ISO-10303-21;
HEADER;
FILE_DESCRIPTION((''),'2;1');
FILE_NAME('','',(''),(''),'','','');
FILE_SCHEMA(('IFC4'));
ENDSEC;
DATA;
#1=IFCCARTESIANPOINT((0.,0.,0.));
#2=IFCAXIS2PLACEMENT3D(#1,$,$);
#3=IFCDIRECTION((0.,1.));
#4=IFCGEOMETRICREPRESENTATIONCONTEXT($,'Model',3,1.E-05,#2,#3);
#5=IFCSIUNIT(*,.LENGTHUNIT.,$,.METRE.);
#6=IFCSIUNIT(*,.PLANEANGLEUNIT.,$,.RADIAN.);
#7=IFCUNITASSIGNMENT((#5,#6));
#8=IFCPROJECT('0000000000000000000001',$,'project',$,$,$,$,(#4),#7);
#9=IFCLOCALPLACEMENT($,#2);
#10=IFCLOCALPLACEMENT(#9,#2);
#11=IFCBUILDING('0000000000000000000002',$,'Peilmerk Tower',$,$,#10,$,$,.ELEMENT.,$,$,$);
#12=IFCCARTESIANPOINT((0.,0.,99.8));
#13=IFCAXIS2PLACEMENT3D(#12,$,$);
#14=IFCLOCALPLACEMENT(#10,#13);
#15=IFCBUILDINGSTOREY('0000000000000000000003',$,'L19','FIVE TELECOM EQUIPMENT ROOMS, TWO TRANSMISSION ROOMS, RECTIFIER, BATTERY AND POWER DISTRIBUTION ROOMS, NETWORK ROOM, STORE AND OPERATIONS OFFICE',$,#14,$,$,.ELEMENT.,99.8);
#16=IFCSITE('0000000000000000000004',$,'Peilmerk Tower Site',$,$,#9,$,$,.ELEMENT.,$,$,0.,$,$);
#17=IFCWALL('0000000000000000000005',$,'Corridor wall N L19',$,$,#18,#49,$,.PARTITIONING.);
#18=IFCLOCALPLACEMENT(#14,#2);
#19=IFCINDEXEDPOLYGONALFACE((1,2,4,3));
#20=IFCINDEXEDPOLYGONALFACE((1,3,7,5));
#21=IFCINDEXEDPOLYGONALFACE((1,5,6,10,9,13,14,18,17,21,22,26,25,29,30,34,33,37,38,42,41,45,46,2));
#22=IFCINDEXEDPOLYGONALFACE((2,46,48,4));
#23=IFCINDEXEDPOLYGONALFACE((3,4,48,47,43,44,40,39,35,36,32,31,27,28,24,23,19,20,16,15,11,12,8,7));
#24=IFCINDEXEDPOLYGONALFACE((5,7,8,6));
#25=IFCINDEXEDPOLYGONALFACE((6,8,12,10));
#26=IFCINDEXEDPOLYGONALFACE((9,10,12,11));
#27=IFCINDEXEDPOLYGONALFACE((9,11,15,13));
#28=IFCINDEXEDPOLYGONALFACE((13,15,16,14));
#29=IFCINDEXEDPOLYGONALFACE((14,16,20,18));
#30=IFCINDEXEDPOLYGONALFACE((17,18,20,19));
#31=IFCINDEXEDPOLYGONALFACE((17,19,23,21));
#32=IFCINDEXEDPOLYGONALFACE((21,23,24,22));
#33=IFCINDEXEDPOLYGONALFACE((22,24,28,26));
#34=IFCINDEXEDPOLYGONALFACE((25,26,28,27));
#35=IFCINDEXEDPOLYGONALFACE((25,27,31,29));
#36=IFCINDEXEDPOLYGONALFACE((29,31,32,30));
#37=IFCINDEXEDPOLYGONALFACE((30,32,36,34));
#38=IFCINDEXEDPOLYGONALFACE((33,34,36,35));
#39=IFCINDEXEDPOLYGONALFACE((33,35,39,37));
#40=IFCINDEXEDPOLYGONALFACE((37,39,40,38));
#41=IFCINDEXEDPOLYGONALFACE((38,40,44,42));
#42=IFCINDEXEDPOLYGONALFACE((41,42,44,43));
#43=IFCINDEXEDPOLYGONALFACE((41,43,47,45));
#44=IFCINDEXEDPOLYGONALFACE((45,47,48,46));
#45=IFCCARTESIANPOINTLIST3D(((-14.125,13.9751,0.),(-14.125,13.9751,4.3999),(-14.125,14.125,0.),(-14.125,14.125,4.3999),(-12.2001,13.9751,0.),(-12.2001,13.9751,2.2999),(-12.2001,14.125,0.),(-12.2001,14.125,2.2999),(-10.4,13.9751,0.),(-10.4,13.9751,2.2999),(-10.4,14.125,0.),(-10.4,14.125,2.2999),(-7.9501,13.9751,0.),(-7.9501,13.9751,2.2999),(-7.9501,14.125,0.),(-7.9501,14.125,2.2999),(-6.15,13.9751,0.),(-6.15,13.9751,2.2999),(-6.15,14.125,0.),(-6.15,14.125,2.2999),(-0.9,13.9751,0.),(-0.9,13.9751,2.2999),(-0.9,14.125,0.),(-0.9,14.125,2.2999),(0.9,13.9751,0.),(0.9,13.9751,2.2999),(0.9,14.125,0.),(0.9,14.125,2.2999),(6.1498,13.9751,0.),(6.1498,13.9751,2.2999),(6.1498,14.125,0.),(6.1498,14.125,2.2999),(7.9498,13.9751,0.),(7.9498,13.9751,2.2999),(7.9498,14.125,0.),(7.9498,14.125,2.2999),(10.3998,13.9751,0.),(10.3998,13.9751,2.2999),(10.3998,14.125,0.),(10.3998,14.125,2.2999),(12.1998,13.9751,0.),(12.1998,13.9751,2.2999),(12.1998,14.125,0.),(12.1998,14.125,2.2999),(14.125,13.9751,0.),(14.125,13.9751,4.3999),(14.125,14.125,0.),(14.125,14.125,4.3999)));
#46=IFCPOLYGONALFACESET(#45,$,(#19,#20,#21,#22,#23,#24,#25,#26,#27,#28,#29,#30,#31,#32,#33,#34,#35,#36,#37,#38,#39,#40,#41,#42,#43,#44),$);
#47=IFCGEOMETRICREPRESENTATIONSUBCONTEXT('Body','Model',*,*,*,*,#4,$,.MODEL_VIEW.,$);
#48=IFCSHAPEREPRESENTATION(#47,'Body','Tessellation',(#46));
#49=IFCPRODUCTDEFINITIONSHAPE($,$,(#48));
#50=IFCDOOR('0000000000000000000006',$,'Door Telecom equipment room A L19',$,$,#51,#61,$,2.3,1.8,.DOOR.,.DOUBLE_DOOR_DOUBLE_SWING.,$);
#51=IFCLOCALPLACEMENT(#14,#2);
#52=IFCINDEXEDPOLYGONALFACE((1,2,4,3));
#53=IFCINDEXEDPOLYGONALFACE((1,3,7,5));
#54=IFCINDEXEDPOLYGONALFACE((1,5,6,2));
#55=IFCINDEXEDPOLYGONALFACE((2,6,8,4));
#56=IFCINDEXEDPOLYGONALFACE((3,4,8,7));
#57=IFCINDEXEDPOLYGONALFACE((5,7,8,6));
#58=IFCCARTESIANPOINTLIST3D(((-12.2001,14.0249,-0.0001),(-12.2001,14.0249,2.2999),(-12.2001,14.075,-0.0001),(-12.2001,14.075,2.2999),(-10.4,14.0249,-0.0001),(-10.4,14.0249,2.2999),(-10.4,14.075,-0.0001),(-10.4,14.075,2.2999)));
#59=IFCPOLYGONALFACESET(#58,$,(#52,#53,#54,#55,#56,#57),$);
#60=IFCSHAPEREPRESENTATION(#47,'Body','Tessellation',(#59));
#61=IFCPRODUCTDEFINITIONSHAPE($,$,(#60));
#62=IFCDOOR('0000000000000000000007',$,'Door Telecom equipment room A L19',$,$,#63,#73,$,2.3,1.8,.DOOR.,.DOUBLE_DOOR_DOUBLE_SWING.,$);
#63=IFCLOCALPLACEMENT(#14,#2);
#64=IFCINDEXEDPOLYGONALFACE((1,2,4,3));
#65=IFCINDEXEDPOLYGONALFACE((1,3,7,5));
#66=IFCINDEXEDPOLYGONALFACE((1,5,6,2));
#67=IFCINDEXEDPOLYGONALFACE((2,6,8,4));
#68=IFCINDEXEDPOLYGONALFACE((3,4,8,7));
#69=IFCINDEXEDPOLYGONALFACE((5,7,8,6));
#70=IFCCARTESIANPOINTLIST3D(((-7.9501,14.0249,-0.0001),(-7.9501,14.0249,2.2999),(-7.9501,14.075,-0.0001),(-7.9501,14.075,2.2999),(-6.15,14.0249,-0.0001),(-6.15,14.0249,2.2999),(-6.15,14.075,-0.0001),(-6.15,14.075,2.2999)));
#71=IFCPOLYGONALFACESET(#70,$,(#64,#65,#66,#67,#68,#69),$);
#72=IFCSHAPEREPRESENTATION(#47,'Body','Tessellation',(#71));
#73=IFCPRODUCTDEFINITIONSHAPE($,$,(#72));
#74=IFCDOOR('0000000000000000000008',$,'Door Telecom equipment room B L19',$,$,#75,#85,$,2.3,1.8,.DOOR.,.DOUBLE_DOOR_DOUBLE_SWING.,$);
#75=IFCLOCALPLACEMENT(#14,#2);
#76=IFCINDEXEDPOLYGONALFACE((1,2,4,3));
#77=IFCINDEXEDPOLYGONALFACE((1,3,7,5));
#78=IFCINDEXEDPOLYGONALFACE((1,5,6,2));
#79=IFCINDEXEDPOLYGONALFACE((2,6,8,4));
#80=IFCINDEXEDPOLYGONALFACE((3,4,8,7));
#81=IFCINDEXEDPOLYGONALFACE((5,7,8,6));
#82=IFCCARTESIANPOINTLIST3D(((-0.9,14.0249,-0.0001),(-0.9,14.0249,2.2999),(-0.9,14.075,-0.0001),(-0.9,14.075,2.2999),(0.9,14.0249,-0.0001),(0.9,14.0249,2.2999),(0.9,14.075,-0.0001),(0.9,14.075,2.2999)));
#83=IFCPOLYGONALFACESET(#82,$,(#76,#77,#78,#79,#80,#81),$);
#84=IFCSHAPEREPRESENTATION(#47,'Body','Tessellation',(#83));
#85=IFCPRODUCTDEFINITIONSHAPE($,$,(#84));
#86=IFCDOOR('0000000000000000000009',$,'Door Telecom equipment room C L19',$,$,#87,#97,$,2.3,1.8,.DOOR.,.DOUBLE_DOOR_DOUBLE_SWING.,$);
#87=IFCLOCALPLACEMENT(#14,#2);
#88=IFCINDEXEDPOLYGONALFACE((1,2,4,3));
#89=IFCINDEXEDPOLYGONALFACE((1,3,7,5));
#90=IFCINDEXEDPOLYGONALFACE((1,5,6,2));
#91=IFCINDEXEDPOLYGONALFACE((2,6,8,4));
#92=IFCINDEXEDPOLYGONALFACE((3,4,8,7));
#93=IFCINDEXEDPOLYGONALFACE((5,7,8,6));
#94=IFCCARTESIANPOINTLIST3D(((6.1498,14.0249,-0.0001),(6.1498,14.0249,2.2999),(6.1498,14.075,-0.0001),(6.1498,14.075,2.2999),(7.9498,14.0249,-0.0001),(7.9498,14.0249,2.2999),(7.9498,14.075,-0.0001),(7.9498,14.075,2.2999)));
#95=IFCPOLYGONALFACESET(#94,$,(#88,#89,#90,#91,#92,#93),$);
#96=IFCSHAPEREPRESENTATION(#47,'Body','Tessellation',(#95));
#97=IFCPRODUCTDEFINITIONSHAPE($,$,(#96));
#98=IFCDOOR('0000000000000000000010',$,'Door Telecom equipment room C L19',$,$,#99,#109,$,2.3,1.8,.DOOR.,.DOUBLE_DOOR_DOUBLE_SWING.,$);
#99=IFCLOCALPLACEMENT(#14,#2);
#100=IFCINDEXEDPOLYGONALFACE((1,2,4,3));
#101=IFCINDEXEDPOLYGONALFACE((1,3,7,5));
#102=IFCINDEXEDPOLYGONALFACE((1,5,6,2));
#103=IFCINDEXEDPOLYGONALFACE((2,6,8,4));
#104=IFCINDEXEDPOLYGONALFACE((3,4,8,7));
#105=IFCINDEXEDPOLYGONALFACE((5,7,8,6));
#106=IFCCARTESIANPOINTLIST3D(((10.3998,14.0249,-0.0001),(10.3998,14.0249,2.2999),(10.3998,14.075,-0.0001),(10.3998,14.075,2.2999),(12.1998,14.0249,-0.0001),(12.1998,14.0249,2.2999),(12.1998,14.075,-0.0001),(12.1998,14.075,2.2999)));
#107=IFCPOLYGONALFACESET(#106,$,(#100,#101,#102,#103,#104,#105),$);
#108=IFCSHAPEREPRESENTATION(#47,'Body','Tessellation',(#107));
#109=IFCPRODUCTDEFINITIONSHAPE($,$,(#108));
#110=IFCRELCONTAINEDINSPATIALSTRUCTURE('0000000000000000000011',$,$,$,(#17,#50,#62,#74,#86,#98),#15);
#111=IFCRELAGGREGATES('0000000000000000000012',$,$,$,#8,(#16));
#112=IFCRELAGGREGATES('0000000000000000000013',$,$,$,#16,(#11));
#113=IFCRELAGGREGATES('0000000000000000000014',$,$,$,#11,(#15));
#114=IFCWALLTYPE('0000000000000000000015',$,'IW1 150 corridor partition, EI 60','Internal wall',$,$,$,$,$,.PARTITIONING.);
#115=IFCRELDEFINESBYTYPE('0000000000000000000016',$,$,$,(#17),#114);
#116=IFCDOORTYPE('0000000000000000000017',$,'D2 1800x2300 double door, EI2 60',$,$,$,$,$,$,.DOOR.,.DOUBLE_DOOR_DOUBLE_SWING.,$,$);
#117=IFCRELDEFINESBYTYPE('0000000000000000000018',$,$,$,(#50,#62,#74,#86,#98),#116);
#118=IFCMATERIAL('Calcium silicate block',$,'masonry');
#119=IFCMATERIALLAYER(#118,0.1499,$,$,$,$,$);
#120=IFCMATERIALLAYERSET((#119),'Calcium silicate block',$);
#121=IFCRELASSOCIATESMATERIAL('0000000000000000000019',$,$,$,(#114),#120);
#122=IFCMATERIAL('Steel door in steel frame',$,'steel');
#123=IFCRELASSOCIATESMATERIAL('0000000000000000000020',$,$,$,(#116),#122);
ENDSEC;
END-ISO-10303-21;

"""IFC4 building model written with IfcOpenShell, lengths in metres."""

from ifc_helpers import new_model, si_unit, direction, frame, frame_2d, origin, place, context, subcontext, project, spatial, rectangle, extrude, material, layer, layer_set, type_object, element, fill, save


model = new_model("IFC4")

# Units and contexts
model_context = context("Model", 3, precision=1e-05, world=origin(), true_north=direction((0.0, 1.0)))
body_context = subcontext(model_context, "Body", "Model", "MODEL_VIEW")
ifc_project = project(units=[si_unit("LENGTHUNIT", "METRE"), si_unit("PLANEANGLEUNIT", "RADIAN")], contexts=[model_context])

# Site, building, storey
site_placement = place(None, origin())
site = spatial("IfcSite", under=ifc_project, at=site_placement, Name="Peilmerk Tower Site", CompositionType="ELEMENT", RefElevation=0.0)
building_placement = place(site_placement, origin())
building = spatial("IfcBuilding", under=site, at=building_placement, Name="Peilmerk Tower", CompositionType="ELEMENT")
storey_placement = place(building_placement, frame((0.0, 0.0, 99.8)))
storey = spatial("IfcBuildingStorey", under=building, at=storey_placement, Name="L19", Description="FIVE TELECOM EQUIPMENT ROOMS, TWO TRANSMISSION ROOMS, RECTIFIER, BATTERY AND POWER DISTRIBUTION ROOMS, NETWORK ROOM, STORE AND OPERATIONS OFFICE", CompositionType="ELEMENT", Elevation=99.8)

# Wall, openings, doors
ifc_material_1 = material(Name="Calcium silicate block", Category="masonry")
ifc_layer_1 = layer(ifc_material_1, 0.1499)
ifc_layer_set_1 = layer_set([ifc_layer_1], Name="Calcium silicate block")
wall_type_1 = type_object("IfcWallType", Name="IW1 150 corridor partition, EI 60", Description="Internal wall", PredefinedType="PARTITIONING", material=ifc_layer_set_1)
wall_1_placement = place(storey_placement, frame((-14.125, 14.05, 0.0), z_axis=(0.0, 0.0, 1.0), x_axis=(1.0, 0.0, 0.0)))
wall_1 = element("IfcWall", 1, at=wall_1_placement, inside=storey, type_object=wall_type_1, Name="Corridor wall N L19", PredefinedType="PARTITIONING", context=body_context, shape_type="SweptSolid", body=[
    extrude(rectangle(XDim=28.25, YDim=0.1499, at=frame_2d((14.125, 0.0))), origin(), (0.0, 0.0, 1.0), 4.3999),
])
opening_1_placement = place(wall_1_placement, frame((1.925, 0.0, 0.0)))
opening_1 = element("IfcOpeningElement", 2, at=opening_1_placement, cuts=wall_1, PredefinedType="OPENING", context=body_context, shape_type="SweptSolid", body=[
    extrude(rectangle(XDim=1.8, YDim=2.3, at=frame_2d((0.8999, 1.1499))), frame((0.0, 0.085, 0.0), z_axis=(0.0, -1.0, 0.0), x_axis=(1.0, 0.0, 0.0)), (0.0, 0.0, 1.0), 0.1699),
])
opening_2_placement = place(wall_1_placement, frame((6.175, 0.0, 0.0)))
opening_2 = element("IfcOpeningElement", 3, at=opening_2_placement, cuts=wall_1, PredefinedType="OPENING", context=body_context, shape_type="SweptSolid", body=[
    extrude(rectangle(XDim=1.8, YDim=2.3, at=frame_2d((0.8999, 1.1499))), frame((0.0, 0.085, 0.0), z_axis=(0.0, -1.0, 0.0), x_axis=(1.0, 0.0, 0.0)), (0.0, 0.0, 1.0), 0.1699),
])
opening_3_placement = place(wall_1_placement, frame((13.2251, 0.0, 0.0)))
opening_3 = element("IfcOpeningElement", 4, at=opening_3_placement, cuts=wall_1, PredefinedType="OPENING", context=body_context, shape_type="SweptSolid", body=[
    extrude(rectangle(XDim=1.8, YDim=2.3, at=frame_2d((0.8999, 1.1499))), frame((0.0, 0.085, 0.0), z_axis=(0.0, -1.0, 0.0), x_axis=(1.0, 0.0, 0.0)), (0.0, 0.0, 1.0), 0.1699),
])
opening_4_placement = place(wall_1_placement, frame((20.2749, 0.0, 0.0)))
opening_4 = element("IfcOpeningElement", 5, at=opening_4_placement, cuts=wall_1, PredefinedType="OPENING", context=body_context, shape_type="SweptSolid", body=[
    extrude(rectangle(XDim=1.8, YDim=2.3, at=frame_2d((0.8999, 1.1499))), frame((0.0, 0.085, 0.0), z_axis=(0.0, -1.0, 0.0), x_axis=(1.0, 0.0, 0.0)), (0.0, 0.0, 1.0), 0.1699),
])
opening_5_placement = place(wall_1_placement, frame((24.5249, 0.0, 0.0)))
opening_5 = element("IfcOpeningElement", 6, at=opening_5_placement, cuts=wall_1, PredefinedType="OPENING", context=body_context, shape_type="SweptSolid", body=[
    extrude(rectangle(XDim=1.8, YDim=2.3, at=frame_2d((0.8999, 1.1499))), frame((0.0, 0.085, 0.0), z_axis=(0.0, -1.0, 0.0), x_axis=(1.0, 0.0, 0.0)), (0.0, 0.0, 1.0), 0.1699),
])
ifc_material_2 = material(Name="Steel door in steel frame", Category="steel")
door_type_1 = type_object("IfcDoorType", Name="D2 1800x2300 double door, EI2 60", OperationType="DOUBLE_DOOR_DOUBLE_SWING", PredefinedType="DOOR", material=ifc_material_2)
door_1_placement = place(opening_1_placement, origin())
door_1 = element("IfcDoor", 7, at=door_1_placement, inside=storey, type_object=door_type_1, Name="Door Telecom equipment room A L19", OperationType="DOUBLE_DOOR_DOUBLE_SWING", OverallHeight=2.3, OverallWidth=1.8, PredefinedType="DOOR", context=body_context, shape_type="SweptSolid", body=[
    extrude(rectangle(XDim=1.8, YDim=2.3, at=frame_2d((0.8999, 1.1499))), frame((0.0, 0.0249, 0.0), z_axis=(0.0, -1.0, 0.0), x_axis=(1.0, 0.0, 0.0)), (0.0, 0.0, 1.0), 0.05),
])
fill(opening_1, door_1)
door_2_placement = place(opening_2_placement, origin())
door_2 = element("IfcDoor", 8, at=door_2_placement, inside=storey, type_object=door_type_1, Name="Door Telecom equipment room A L19", OperationType="DOUBLE_DOOR_DOUBLE_SWING", OverallHeight=2.3, OverallWidth=1.8, PredefinedType="DOOR", context=body_context, shape_type="SweptSolid", body=[
    extrude(rectangle(XDim=1.8, YDim=2.3, at=frame_2d((0.8999, 1.1499))), frame((0.0, 0.0249, 0.0), z_axis=(0.0, -1.0, 0.0), x_axis=(1.0, 0.0, 0.0)), (0.0, 0.0, 1.0), 0.05),
])
fill(opening_2, door_2)
door_3_placement = place(opening_3_placement, origin())
door_3 = element("IfcDoor", 9, at=door_3_placement, inside=storey, type_object=door_type_1, Name="Door Telecom equipment room B L19", OperationType="DOUBLE_DOOR_DOUBLE_SWING", OverallHeight=2.3, OverallWidth=1.8, PredefinedType="DOOR", context=body_context, shape_type="SweptSolid", body=[
    extrude(rectangle(XDim=1.8, YDim=2.3, at=frame_2d((0.8999, 1.1499))), frame((0.0, 0.0249, 0.0), z_axis=(0.0, -1.0, 0.0), x_axis=(1.0, 0.0, 0.0)), (0.0, 0.0, 1.0), 0.05),
])
fill(opening_3, door_3)
door_4_placement = place(opening_4_placement, origin())
door_4 = element("IfcDoor", 10, at=door_4_placement, inside=storey, type_object=door_type_1, Name="Door Telecom equipment room C L19", OperationType="DOUBLE_DOOR_DOUBLE_SWING", OverallHeight=2.3, OverallWidth=1.8, PredefinedType="DOOR", context=body_context, shape_type="SweptSolid", body=[
    extrude(rectangle(XDim=1.8, YDim=2.3, at=frame_2d((0.8999, 1.1499))), frame((0.0, 0.0249, 0.0), z_axis=(0.0, -1.0, 0.0), x_axis=(1.0, 0.0, 0.0)), (0.0, 0.0, 1.0), 0.05),
])
fill(opening_4, door_4)
door_5_placement = place(opening_5_placement, origin())
door_5 = element("IfcDoor", 11, at=door_5_placement, inside=storey, type_object=door_type_1, Name="Door Telecom equipment room C L19", OperationType="DOUBLE_DOOR_DOUBLE_SWING", OverallHeight=2.3, OverallWidth=1.8, PredefinedType="DOOR", context=body_context, shape_type="SweptSolid", body=[
    extrude(rectangle(XDim=1.8, YDim=2.3, at=frame_2d((0.8999, 1.1499))), frame((0.0, 0.0249, 0.0), z_axis=(0.0, -1.0, 0.0), x_axis=(1.0, 0.0, 0.0)), (0.0, 0.0, 1.0), 0.05),
])
fill(opening_5, door_5)

save(model, "model.ifc")
